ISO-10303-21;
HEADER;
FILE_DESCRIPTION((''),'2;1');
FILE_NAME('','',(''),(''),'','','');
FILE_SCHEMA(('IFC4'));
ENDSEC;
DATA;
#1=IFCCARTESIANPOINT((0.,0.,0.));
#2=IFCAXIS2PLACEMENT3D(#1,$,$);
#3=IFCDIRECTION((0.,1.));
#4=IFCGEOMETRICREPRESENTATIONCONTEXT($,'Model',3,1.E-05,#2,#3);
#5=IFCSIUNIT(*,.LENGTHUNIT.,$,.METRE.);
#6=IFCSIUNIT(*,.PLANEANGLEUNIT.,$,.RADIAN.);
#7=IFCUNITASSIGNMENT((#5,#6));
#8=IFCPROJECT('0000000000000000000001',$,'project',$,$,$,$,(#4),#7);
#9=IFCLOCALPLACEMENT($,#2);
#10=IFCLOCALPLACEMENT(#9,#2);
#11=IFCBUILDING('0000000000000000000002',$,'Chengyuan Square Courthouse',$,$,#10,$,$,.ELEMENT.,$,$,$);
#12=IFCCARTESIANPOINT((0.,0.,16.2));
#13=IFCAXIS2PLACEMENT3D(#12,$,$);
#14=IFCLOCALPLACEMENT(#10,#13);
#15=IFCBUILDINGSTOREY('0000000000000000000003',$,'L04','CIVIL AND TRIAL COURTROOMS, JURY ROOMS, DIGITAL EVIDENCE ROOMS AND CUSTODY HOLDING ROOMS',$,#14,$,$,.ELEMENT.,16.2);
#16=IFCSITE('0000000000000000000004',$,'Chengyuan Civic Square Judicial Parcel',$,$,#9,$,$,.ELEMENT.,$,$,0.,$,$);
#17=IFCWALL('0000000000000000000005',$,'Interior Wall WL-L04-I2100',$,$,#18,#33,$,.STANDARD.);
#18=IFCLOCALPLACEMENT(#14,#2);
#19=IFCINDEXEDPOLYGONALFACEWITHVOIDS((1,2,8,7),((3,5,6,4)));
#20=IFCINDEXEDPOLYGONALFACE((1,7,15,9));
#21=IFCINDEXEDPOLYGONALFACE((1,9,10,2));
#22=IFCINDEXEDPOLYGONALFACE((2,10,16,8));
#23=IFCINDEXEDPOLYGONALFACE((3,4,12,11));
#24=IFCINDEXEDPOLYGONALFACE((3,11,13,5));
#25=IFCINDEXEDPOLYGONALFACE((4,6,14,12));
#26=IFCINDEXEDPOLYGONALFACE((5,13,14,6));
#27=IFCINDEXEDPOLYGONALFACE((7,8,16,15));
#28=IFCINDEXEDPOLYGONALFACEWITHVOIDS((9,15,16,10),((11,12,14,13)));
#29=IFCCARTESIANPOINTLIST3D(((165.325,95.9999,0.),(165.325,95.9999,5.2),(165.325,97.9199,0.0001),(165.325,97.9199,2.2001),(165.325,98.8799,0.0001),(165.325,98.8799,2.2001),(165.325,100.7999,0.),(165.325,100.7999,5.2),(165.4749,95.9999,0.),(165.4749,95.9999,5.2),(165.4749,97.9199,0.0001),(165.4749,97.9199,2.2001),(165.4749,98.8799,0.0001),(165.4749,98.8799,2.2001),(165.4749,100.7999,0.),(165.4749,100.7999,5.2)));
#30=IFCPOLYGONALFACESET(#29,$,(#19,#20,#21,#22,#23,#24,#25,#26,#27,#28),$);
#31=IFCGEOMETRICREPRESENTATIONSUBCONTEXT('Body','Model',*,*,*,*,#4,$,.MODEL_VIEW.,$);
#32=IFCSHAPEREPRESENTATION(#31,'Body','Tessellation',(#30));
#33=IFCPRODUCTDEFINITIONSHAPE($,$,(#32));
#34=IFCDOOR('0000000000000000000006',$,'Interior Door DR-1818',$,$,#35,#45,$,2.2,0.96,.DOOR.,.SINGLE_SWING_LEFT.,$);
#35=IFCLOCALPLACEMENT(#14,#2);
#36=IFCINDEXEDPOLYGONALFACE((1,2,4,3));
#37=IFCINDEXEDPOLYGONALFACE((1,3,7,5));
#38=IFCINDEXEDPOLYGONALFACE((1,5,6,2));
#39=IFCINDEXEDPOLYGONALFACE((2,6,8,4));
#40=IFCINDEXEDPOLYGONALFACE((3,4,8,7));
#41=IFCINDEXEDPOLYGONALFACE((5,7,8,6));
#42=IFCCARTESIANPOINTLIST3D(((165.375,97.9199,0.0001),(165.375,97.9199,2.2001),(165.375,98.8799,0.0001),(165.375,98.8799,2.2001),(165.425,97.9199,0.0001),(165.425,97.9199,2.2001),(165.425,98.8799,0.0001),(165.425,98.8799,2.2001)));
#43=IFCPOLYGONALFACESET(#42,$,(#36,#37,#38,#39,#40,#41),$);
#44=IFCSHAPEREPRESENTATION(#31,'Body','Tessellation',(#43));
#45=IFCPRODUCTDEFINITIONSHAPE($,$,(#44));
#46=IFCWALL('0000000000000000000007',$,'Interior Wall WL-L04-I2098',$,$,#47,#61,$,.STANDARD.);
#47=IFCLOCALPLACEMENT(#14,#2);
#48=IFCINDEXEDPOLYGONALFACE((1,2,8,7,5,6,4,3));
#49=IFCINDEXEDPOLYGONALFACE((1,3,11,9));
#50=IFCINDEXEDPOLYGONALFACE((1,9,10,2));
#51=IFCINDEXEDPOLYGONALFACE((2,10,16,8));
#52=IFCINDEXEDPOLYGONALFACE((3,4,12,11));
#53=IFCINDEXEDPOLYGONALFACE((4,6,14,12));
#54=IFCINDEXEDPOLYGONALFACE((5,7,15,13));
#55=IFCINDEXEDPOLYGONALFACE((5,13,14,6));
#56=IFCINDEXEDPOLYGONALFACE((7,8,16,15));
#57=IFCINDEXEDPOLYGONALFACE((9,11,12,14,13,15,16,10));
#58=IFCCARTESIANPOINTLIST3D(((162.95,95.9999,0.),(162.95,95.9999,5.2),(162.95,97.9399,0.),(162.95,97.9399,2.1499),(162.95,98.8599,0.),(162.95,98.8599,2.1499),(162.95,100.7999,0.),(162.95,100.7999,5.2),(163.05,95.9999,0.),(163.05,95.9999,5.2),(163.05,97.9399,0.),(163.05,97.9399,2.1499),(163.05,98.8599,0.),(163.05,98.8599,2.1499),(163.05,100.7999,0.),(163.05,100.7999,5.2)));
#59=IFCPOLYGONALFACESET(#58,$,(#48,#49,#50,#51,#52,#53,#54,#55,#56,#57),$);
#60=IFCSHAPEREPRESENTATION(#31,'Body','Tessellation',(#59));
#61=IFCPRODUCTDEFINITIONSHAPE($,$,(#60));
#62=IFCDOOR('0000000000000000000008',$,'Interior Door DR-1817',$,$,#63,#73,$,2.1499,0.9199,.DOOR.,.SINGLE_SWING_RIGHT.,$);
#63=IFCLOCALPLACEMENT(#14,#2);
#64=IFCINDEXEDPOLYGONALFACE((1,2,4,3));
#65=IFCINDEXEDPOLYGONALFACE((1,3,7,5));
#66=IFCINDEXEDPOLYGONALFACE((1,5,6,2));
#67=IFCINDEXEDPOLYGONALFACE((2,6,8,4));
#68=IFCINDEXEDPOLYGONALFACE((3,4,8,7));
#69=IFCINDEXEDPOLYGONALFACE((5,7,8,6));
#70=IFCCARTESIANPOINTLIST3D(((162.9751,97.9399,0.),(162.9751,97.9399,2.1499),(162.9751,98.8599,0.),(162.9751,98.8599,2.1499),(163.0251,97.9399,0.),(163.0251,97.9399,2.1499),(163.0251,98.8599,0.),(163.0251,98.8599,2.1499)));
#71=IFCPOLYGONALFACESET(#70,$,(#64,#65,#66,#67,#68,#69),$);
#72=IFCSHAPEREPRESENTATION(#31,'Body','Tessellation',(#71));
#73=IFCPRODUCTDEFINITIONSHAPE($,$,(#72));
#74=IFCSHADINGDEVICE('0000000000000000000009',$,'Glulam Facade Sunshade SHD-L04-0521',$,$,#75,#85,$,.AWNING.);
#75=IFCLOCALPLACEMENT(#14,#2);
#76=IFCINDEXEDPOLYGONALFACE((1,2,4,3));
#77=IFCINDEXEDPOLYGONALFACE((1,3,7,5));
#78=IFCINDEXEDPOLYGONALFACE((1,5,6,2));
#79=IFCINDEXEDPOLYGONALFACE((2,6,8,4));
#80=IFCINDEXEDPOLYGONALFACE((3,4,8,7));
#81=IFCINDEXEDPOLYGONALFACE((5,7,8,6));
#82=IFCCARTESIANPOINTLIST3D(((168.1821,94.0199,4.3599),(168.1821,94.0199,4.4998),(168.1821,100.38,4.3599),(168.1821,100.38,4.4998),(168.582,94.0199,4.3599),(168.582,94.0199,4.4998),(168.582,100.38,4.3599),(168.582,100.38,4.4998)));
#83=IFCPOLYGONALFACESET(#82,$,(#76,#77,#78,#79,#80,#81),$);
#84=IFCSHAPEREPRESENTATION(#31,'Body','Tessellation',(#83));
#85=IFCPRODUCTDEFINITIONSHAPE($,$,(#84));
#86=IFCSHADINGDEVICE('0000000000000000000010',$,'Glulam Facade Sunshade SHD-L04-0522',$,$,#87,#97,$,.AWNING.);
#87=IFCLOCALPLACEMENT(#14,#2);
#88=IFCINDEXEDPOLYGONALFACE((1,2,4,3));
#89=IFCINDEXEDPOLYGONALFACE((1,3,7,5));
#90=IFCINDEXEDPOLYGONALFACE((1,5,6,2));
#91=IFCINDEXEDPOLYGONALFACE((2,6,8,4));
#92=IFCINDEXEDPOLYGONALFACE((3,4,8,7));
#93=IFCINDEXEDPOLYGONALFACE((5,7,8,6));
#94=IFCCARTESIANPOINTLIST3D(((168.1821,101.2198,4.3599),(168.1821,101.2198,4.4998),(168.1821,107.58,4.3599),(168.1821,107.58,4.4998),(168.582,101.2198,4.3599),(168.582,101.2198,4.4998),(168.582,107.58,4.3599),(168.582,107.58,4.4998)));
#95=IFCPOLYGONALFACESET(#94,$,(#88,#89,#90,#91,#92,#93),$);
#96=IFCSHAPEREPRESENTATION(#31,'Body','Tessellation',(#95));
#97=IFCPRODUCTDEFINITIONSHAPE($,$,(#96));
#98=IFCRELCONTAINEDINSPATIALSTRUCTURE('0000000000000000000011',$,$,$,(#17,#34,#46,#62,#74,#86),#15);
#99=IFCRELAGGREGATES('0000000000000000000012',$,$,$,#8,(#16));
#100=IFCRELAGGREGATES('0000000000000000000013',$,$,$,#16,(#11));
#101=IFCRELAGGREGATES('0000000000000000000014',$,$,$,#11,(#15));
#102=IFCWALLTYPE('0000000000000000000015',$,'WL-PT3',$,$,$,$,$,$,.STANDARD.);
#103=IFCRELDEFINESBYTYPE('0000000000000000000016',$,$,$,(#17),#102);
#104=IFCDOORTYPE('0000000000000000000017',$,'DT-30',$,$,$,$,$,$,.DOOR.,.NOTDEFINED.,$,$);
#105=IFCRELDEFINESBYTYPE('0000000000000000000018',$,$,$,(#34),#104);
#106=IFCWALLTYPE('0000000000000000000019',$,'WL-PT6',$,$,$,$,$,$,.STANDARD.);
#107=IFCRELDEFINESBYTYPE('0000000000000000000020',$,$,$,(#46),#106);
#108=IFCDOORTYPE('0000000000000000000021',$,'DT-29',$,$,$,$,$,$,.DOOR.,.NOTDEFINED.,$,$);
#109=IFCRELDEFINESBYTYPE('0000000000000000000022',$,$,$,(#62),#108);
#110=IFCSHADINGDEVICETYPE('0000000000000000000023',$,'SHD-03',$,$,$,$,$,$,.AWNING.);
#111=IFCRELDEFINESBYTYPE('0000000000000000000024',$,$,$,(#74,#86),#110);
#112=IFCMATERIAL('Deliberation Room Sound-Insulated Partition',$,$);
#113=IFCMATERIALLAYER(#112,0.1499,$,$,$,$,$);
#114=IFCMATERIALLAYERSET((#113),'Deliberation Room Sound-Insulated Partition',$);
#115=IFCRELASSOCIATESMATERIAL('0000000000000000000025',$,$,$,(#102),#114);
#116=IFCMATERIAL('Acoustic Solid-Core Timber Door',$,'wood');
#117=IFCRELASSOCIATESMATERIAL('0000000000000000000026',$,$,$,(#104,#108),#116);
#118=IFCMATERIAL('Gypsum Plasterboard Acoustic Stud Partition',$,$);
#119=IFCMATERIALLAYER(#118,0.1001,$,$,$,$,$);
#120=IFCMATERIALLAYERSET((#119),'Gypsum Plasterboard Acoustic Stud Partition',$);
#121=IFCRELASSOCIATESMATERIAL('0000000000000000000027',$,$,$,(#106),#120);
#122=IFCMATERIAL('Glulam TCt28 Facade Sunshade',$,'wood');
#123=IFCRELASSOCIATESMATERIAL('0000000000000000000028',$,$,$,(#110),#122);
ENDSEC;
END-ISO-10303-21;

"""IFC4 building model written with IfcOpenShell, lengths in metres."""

from ifc_helpers import new_model, si_unit, direction, frame, frame_2d, origin, origin_2d, place, context, subcontext, project, spatial, rectangle, extrude, material, layer, layer_set, type_object, element, fill, save


model = new_model("IFC4")

# Units and contexts
model_context = context("Model", 3, precision=1e-05, world=origin(), true_north=direction((0.0, 1.0)))
body_context = subcontext(model_context, "Body", "Model", "MODEL_VIEW")
ifc_project = project(units=[si_unit("LENGTHUNIT", "METRE"), si_unit("PLANEANGLEUNIT", "RADIAN")], contexts=[model_context])

# Site, building, storey
site_placement = place(None, origin())
site = spatial("IfcSite", under=ifc_project, at=site_placement, Name="Chengyuan Civic Square Judicial Parcel", CompositionType="ELEMENT", RefElevation=0.0)
building_placement = place(site_placement, origin())
building = spatial("IfcBuilding", under=site, at=building_placement, Name="Chengyuan Square Courthouse", CompositionType="ELEMENT")
storey_placement = place(building_placement, frame((0.0, 0.0, 16.2)))
storey = spatial("IfcBuildingStorey", under=building, at=storey_placement, Name="L04", Description="CIVIL AND TRIAL COURTROOMS, JURY ROOMS, DIGITAL EVIDENCE ROOMS AND CUSTODY HOLDING ROOMS", CompositionType="ELEMENT", Elevation=16.2)

# Walls, openings, doors
ifc_material_1 = material(Name="Deliberation Room Sound-Insulated Partition")
ifc_layer_1 = layer(ifc_material_1, 0.1499)
ifc_layer_set_1 = layer_set([ifc_layer_1], Name="Deliberation Room Sound-Insulated Partition")
wall_type_1 = type_object("IfcWallType", Name="WL-PT3", PredefinedType="STANDARD", material=ifc_layer_set_1)
ifc_material_2 = material(Name="Acoustic Solid-Core Timber Door", Category="wood")
wall_1_placement = place(storey_placement, frame((165.3999, 96.0, 0.0), z_axis=(0.0, 0.0, 1.0), x_axis=(0.0, 1.0, 0.0)))
wall_1 = element("IfcWall", 1, at=wall_1_placement, inside=storey, type_object=wall_type_1, Name="Interior Wall WL-L04-I2100", PredefinedType="STANDARD", context=body_context, shape_type="SweptSolid", body=[
    extrude(rectangle(XDim=4.8, YDim=0.1499, at=frame_2d((2.3999, 0.0))), origin(), (0.0, 0.0, 1.0), 5.2),
])
opening_1_placement = place(wall_1_placement, frame((1.9199, 0.0, 0.0)))
opening_1 = element("IfcOpeningElement", 2, at=opening_1_placement, cuts=wall_1, PredefinedType="OPENING", context=body_context, shape_type="SweptSolid", body=[
    extrude(rectangle(XDim=0.96, YDim=2.2, at=frame_2d((0.48, 1.1001))), frame((0.0, 0.0869, 0.0), z_axis=(0.0, -1.0, 0.0), x_axis=(1.0, 0.0, 0.0)), (0.0, 0.0, 1.0), 0.1738),
])
door_type_1 = type_object("IfcDoorType", Name="DT-30", OperationType="NOTDEFINED", PredefinedType="DOOR", material=ifc_material_2)
door_1_placement = place(opening_1_placement, origin())
door_1 = element("IfcDoor", 3, at=door_1_placement, inside=storey, type_object=door_type_1, Name="Interior Door DR-1818", OperationType="SINGLE_SWING_LEFT", OverallHeight=2.2, OverallWidth=0.96, PredefinedType="DOOR", context=body_context, shape_type="SweptSolid", body=[
    extrude(rectangle(XDim=0.96, YDim=2.2, at=frame_2d((0.48, 1.1001))), frame((0.0, 0.0249, 0.0), z_axis=(0.0, -1.0, 0.0), x_axis=(1.0, 0.0, 0.0)), (0.0, 0.0, 1.0), 0.05),
])
fill(opening_1, door_1)
ifc_material_3 = material(Name="Gypsum Plasterboard Acoustic Stud Partition")
ifc_layer_2 = layer(ifc_material_3, 0.1001)
ifc_layer_set_2 = layer_set([ifc_layer_2], Name="Gypsum Plasterboard Acoustic Stud Partition")
wall_type_2 = type_object("IfcWallType", Name="WL-PT6", PredefinedType="STANDARD", material=ifc_layer_set_2)
wall_2_placement = place(storey_placement, frame((163.0, 96.0, 0.0), z_axis=(0.0, 0.0, 1.0), x_axis=(0.0, 1.0, 0.0)))
wall_2 = element("IfcWall", 4, at=wall_2_placement, inside=storey, type_object=wall_type_2, Name="Interior Wall WL-L04-I2098", PredefinedType="STANDARD", context=body_context, shape_type="SweptSolid", body=[
    extrude(rectangle(XDim=4.8, YDim=0.1001, at=frame_2d((2.3999, 0.0))), origin(), (0.0, 0.0, 1.0), 5.2),
])
opening_2_placement = place(wall_2_placement, frame((1.9399, 0.0, 0.0)))
opening_2 = element("IfcOpeningElement", 5, at=opening_2_placement, cuts=wall_2, PredefinedType="OPENING", context=body_context, shape_type="SweptSolid", body=[
    extrude(rectangle(XDim=0.9199, YDim=2.1499, at=frame_2d((0.46, 1.075))), frame((0.0, 0.062, 0.0), z_axis=(0.0, -1.0, 0.0), x_axis=(1.0, 0.0, 0.0)), (0.0, 0.0, 1.0), 0.124),
])
door_type_2 = type_object("IfcDoorType", Name="DT-29", OperationType="NOTDEFINED", PredefinedType="DOOR", material=ifc_material_2)
door_2_placement = place(opening_2_placement, origin())
door_2 = element("IfcDoor", 6, at=door_2_placement, inside=storey, type_object=door_type_2, Name="Interior Door DR-1817", OperationType="SINGLE_SWING_RIGHT", OverallHeight=2.1499, OverallWidth=0.9199, PredefinedType="DOOR", context=body_context, shape_type="SweptSolid", body=[
    extrude(rectangle(XDim=0.9199, YDim=2.1499, at=frame_2d((0.46, 1.075))), frame((0.0, 0.0249, 0.0), z_axis=(0.0, -1.0, 0.0), x_axis=(1.0, 0.0, 0.0)), (0.0, 0.0, 1.0), 0.05),
])
fill(opening_2, door_2)

# Shading devices
ifc_material_4 = material(Name="Glulam TCt28 Facade Sunshade", Category="wood")
shading_device_type = type_object("IfcShadingDeviceType", Name="SHD-03", PredefinedType="AWNING", material=ifc_material_4)
for number, where, z_axis, x_axis, name in (
    (7, (168.3821, 97.2, 4.3599), (0.0, 0.0, 1.0), (0.0, 1.0, 0.0), "Glulam Facade Sunshade SHD-L04-0521"),
    (8, (168.3821, 104.3999, 4.3599), (0.0, 0.0, 1.0), (0.0, 1.0, 0.0), "Glulam Facade Sunshade SHD-L04-0522"),
):
    element("IfcShadingDevice", number, at=place(storey_placement, frame(where, z_axis=z_axis, x_axis=x_axis)), inside=storey, type_object=shading_device_type, Name=name, PredefinedType="AWNING", context=body_context, shape_type="SweptSolid", body=[
        extrude(rectangle(XDim=6.3601, YDim=0.3999, at=origin_2d()), origin(), (0.0, 0.0, 1.0), 0.1399),
    ])

save(model, "model.ifc")
